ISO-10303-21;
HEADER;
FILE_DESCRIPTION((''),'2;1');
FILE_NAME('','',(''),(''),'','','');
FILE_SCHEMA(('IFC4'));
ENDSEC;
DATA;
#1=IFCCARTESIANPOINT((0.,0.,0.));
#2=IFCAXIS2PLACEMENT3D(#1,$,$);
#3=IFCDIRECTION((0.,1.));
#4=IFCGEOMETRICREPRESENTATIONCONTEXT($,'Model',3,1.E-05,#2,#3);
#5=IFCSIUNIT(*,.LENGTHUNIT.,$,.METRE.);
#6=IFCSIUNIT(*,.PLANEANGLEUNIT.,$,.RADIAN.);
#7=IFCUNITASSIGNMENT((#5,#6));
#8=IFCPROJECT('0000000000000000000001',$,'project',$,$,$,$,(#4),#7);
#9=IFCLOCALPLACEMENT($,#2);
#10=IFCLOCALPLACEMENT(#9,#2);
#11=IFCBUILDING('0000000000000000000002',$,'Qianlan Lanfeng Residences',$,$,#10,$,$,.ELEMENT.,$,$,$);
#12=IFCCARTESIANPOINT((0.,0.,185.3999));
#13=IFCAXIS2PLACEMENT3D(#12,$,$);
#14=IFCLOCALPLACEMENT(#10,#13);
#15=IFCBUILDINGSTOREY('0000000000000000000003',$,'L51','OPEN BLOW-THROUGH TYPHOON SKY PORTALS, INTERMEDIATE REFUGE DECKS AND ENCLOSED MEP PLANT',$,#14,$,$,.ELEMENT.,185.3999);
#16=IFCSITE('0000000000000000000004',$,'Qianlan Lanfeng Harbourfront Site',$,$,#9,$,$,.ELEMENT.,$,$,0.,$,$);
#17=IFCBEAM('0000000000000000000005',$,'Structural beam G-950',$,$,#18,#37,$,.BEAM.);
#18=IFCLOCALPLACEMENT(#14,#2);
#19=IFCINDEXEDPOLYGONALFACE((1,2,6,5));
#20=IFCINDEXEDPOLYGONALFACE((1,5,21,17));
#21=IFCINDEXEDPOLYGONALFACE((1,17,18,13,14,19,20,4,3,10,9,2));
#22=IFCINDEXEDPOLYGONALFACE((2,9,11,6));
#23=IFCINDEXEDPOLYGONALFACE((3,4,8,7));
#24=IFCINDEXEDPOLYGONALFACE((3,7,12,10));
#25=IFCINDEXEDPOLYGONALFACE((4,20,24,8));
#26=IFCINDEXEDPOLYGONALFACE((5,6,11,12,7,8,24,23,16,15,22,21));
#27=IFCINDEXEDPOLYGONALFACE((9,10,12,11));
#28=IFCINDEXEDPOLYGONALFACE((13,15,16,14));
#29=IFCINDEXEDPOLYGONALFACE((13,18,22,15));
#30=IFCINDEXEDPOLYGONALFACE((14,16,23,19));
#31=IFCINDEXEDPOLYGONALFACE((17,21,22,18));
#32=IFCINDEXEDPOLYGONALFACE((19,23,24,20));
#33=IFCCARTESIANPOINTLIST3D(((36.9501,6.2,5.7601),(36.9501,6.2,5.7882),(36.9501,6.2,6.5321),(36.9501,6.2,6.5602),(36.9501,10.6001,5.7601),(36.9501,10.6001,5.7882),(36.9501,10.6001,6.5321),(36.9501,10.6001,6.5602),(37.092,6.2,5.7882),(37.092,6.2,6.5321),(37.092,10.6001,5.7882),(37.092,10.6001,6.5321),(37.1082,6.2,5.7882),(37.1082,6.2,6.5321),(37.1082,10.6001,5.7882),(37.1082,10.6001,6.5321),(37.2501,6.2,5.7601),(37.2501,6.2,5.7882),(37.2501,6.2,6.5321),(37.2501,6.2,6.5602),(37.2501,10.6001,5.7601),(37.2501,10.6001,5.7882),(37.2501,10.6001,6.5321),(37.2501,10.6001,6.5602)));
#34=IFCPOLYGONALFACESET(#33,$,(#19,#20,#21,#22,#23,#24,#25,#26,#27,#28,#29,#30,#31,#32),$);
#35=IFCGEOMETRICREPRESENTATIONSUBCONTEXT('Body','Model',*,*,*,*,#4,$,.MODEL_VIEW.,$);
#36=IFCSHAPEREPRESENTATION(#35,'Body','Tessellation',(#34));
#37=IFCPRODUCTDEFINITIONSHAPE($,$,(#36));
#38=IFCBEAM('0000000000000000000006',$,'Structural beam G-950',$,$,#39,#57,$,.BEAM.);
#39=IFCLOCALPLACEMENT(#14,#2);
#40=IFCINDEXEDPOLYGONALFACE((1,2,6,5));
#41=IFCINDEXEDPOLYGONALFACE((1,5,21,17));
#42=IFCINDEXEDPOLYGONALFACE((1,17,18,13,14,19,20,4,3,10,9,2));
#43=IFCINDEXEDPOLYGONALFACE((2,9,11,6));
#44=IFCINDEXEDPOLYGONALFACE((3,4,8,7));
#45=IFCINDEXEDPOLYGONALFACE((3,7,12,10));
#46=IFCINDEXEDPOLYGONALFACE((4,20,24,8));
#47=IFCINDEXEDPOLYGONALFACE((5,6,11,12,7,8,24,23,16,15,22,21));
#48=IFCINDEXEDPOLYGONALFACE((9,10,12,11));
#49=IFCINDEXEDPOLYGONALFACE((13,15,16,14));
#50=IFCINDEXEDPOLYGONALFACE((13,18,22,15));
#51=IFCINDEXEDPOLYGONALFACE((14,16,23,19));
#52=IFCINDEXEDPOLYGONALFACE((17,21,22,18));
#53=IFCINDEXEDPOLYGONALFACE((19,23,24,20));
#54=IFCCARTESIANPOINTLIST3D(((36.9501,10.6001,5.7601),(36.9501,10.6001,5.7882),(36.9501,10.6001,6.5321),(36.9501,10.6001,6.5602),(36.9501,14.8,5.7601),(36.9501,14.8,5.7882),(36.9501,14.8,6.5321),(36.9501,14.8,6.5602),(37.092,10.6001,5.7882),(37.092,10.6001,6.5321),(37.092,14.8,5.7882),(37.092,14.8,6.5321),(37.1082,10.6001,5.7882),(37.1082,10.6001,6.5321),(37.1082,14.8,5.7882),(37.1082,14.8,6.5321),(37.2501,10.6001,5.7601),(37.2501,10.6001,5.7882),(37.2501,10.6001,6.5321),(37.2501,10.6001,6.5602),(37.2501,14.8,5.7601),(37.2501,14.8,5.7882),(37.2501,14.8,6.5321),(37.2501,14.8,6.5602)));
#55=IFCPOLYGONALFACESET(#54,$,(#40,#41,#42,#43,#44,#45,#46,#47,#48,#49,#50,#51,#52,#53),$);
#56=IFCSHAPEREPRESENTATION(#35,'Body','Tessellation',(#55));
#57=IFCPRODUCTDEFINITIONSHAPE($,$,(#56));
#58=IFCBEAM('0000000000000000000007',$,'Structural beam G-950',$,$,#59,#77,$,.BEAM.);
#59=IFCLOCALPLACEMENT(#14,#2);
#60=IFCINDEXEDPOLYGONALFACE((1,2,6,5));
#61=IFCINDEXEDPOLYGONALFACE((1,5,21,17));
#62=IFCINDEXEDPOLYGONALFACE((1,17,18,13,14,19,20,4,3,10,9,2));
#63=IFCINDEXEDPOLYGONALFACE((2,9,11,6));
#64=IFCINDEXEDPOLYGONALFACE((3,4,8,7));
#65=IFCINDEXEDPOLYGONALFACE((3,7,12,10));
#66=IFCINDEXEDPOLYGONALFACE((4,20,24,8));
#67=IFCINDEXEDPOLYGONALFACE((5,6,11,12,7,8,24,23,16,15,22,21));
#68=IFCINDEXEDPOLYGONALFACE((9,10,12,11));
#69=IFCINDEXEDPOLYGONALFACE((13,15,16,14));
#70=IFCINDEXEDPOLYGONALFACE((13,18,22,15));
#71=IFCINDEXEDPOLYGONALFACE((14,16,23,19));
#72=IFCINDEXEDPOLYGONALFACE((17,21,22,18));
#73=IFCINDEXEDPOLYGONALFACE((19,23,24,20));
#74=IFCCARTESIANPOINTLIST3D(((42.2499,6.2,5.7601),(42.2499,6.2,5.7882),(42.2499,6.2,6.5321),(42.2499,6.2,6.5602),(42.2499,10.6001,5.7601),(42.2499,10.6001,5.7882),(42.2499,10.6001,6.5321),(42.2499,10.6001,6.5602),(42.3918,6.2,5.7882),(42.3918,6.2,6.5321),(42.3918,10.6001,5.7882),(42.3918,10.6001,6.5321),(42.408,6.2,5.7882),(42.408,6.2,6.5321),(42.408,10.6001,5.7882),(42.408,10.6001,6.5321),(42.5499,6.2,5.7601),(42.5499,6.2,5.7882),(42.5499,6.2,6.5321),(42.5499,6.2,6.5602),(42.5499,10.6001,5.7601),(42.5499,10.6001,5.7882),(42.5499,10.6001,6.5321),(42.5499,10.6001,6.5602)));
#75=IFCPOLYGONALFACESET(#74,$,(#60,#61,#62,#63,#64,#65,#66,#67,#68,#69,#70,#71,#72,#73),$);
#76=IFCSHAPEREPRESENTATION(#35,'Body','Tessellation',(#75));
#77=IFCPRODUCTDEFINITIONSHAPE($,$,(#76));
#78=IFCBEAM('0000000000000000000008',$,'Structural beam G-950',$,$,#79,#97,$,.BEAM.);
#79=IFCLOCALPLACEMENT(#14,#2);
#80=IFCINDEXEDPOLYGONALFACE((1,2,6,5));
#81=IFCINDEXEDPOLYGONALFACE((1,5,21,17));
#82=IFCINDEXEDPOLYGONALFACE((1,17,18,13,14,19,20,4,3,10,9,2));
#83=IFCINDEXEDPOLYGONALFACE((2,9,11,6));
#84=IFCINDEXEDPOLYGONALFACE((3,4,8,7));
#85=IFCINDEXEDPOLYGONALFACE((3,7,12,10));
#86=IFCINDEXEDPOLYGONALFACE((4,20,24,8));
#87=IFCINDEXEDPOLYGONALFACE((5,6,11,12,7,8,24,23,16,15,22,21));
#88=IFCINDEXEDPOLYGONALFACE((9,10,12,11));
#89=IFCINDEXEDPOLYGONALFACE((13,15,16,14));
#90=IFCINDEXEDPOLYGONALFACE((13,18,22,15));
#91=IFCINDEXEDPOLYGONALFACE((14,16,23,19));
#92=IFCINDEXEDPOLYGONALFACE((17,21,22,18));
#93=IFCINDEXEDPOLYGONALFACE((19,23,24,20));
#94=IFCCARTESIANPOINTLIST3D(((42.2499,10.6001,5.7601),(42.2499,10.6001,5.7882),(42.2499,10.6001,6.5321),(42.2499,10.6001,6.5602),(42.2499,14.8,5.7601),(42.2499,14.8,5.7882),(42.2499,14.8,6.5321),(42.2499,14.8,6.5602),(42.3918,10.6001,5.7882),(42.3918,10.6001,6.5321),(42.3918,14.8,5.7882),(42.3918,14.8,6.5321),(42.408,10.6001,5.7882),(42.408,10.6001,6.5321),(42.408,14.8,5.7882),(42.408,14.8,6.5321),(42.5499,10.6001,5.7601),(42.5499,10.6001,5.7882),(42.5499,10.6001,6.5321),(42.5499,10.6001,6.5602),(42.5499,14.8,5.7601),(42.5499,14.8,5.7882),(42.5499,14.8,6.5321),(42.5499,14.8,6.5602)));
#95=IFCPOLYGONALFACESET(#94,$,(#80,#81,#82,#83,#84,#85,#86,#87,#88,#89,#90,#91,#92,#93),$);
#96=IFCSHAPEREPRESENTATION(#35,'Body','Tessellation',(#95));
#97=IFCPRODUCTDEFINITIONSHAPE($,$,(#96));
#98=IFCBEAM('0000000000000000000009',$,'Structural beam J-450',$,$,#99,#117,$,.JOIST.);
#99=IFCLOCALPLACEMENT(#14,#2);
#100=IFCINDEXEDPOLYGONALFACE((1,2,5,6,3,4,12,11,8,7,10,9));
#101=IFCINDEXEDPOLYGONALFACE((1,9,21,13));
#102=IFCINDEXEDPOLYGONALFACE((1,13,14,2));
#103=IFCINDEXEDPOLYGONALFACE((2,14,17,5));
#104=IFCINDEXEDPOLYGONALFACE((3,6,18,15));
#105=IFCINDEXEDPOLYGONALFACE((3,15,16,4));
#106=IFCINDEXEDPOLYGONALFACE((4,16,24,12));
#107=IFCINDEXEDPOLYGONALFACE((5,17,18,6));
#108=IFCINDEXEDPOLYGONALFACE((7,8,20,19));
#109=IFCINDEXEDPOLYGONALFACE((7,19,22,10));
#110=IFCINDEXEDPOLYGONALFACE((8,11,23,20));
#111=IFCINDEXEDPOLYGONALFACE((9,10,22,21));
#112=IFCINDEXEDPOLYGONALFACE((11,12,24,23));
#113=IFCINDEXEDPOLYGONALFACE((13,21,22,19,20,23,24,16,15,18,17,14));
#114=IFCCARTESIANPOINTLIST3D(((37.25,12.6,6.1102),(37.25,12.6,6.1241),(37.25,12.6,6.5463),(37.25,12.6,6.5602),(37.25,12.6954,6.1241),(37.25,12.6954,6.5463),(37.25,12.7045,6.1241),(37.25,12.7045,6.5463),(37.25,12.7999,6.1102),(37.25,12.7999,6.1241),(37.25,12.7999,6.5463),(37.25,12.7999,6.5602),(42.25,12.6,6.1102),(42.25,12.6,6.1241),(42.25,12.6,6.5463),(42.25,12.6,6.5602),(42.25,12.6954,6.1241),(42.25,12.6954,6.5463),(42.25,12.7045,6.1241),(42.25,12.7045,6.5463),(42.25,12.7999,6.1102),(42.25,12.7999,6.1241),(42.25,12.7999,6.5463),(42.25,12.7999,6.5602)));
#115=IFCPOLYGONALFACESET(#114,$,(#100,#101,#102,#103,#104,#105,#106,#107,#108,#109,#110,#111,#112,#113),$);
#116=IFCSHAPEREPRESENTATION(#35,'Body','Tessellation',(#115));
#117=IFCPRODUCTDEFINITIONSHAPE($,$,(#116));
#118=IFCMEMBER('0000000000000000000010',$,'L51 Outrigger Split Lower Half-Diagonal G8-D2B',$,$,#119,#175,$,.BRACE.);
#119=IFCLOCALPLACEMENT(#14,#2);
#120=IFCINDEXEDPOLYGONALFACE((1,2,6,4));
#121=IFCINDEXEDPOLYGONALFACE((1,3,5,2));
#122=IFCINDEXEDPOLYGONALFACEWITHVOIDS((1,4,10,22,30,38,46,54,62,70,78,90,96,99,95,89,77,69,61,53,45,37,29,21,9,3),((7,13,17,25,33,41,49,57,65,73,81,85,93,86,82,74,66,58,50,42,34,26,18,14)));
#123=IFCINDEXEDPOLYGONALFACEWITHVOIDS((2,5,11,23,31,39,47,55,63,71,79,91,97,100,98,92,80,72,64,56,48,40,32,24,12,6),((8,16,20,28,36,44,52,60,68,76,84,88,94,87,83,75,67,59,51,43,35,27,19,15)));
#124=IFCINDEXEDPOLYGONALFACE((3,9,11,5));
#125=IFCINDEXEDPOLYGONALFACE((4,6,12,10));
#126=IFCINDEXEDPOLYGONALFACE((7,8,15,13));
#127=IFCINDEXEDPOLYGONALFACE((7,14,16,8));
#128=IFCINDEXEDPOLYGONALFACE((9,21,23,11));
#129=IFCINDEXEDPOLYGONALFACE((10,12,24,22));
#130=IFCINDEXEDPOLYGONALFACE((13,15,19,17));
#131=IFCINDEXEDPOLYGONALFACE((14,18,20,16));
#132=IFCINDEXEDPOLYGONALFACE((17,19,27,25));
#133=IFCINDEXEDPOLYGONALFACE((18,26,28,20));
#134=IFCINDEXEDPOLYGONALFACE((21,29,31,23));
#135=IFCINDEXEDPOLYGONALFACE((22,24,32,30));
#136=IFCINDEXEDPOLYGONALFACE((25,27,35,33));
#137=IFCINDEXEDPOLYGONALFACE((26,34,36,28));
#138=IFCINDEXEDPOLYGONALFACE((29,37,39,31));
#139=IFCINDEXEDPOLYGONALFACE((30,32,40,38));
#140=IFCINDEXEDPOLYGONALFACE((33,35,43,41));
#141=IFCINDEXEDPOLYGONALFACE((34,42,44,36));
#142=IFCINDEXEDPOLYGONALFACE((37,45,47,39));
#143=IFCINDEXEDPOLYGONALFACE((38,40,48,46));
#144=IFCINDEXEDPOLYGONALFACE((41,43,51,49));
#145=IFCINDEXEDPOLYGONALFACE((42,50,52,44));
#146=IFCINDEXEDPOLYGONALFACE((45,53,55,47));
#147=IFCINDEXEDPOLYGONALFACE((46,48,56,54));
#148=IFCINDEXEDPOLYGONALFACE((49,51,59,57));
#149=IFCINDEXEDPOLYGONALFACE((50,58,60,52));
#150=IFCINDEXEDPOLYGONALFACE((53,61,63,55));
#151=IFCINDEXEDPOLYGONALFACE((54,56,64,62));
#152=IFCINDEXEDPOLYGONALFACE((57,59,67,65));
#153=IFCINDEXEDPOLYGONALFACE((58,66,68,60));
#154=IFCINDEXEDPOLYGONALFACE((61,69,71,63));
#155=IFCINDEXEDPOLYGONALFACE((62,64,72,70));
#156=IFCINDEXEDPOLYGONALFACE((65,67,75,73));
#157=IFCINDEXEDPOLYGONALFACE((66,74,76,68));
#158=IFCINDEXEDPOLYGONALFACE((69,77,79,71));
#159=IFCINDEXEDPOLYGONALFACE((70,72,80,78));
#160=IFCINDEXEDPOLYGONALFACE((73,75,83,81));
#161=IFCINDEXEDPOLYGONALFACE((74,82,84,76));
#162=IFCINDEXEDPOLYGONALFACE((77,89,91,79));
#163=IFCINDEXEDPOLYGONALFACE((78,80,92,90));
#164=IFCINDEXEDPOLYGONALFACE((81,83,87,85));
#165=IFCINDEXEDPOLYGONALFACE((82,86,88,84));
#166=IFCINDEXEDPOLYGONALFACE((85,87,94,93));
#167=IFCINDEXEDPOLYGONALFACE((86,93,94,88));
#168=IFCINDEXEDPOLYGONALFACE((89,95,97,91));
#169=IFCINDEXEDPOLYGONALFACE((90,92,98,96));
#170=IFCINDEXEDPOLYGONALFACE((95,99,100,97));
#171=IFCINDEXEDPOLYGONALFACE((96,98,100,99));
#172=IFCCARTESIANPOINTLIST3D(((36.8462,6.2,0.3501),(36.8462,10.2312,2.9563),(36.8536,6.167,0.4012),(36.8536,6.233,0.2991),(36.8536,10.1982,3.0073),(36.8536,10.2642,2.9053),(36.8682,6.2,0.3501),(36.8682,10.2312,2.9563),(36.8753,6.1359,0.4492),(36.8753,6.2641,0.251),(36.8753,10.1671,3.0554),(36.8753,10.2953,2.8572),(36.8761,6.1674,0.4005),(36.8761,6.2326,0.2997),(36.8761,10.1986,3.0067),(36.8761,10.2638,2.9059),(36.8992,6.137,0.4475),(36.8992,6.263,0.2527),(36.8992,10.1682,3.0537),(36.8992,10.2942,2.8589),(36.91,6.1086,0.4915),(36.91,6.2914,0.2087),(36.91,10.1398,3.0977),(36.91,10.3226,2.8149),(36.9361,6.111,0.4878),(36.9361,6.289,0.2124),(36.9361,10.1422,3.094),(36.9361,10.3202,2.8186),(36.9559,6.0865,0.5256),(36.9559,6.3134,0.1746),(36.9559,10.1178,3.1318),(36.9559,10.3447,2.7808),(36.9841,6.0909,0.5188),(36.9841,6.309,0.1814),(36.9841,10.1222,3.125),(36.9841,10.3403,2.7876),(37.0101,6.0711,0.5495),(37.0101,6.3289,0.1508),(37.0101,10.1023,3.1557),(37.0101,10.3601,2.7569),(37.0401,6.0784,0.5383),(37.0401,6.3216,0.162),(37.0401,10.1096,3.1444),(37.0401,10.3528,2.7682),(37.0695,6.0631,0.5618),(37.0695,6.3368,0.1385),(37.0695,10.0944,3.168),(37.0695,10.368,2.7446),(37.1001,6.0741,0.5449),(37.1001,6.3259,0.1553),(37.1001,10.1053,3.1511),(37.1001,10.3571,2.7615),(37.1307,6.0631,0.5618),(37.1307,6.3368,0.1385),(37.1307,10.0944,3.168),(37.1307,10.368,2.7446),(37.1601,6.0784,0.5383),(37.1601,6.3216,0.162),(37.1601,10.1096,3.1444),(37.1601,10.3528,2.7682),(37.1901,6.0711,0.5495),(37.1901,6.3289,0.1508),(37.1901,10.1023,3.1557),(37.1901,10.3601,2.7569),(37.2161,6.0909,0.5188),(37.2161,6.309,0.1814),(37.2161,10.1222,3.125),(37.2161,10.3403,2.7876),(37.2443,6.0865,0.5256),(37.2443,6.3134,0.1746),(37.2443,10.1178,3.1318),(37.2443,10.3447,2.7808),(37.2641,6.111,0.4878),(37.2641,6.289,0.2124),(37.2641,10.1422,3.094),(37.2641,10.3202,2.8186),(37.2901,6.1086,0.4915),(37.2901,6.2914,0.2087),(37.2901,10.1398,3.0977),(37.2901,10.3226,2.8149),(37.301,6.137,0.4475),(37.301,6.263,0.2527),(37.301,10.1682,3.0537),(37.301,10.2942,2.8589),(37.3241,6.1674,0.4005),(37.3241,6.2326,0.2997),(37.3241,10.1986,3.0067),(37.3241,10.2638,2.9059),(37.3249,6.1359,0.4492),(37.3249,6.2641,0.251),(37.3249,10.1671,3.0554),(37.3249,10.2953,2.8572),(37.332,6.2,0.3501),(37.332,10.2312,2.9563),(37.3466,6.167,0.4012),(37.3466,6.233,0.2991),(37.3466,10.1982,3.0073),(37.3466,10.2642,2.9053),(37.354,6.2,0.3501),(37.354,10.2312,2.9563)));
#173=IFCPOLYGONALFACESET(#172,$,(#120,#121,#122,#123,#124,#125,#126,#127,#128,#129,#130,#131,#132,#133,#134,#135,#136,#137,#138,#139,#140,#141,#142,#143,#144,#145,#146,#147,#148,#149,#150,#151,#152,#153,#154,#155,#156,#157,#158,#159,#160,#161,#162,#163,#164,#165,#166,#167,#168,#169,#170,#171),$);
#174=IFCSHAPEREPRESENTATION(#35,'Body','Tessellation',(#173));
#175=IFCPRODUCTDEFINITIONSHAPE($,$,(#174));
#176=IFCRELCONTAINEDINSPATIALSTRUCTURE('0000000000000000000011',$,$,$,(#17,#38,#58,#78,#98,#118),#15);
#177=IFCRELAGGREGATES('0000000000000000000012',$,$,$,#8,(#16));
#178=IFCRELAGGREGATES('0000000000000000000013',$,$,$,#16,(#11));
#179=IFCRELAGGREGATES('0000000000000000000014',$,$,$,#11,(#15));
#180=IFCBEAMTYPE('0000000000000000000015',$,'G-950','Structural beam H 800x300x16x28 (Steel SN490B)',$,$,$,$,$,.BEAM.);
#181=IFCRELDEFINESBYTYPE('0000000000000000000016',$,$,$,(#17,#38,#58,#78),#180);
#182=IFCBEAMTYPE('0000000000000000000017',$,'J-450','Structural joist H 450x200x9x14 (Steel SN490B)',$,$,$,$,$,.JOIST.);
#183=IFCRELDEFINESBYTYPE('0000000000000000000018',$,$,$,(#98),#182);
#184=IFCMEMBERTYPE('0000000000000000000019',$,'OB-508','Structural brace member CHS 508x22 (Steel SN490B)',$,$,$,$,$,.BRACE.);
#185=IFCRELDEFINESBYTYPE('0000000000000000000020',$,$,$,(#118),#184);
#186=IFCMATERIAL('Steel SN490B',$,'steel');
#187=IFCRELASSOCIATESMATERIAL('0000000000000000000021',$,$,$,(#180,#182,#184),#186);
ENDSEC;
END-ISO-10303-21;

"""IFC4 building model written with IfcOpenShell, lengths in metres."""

from ifc_helpers import new_model, si_unit, direction, frame, origin, origin_2d, place, context, subcontext, project, spatial, hollow_circle, i_section, extrude, material, material_profile, profile_set, type_object, element, save


model = new_model("IFC4")

# Units and contexts
model_context = context("Model", 3, precision=1e-05, world=origin(), true_north=direction((0.0, 1.0)))
body_context = subcontext(model_context, "Body", "Model", "MODEL_VIEW")
ifc_project = project(units=[si_unit("LENGTHUNIT", "METRE"), si_unit("PLANEANGLEUNIT", "RADIAN")], contexts=[model_context])

# Site, building, storey
site_placement = place(None, origin())
site = spatial("IfcSite", under=ifc_project, at=site_placement, Name="Qianlan Lanfeng Harbourfront Site", CompositionType="ELEMENT", RefElevation=0.0)
building_placement = place(site_placement, origin())
building = spatial("IfcBuilding", under=site, at=building_placement, Name="Qianlan Lanfeng Residences", CompositionType="ELEMENT")
storey_placement = place(building_placement, frame((0.0, 0.0, 185.3999)))
storey = spatial("IfcBuildingStorey", under=building, at=storey_placement, Name="L51", Description="OPEN BLOW-THROUGH TYPHOON SKY PORTALS, INTERMEDIATE REFUGE DECKS AND ENCLOSED MEP PLANT", CompositionType="ELEMENT", Elevation=185.3999)

# Shared definitions
ifc_material_1 = material(Name="Steel SN490B", Category="steel")

# Beams
ifc_material_profile_1 = material_profile(ifc_material_1, i_section(OverallWidth=0.3, OverallDepth=0.8, WebThickness=0.0161, FlangeThickness=0.0281, at=origin_2d()), Name="H 800x300x16x28")
ifc_profile_set_1 = profile_set([ifc_material_profile_1], Name="Steel SN490B")
beam_type_1 = type_object("IfcBeamType", Name="G-950", Description="Structural beam H 800x300x16x28 (Steel SN490B)", PredefinedType="BEAM", material=ifc_profile_set_1)
beam_1_placement = place(storey_placement, frame((37.1001, 6.2, 6.1602), z_axis=(0.0, 1.0, 0.0), x_axis=(-1.0, 0.0, 0.0)))
element("IfcBeam", 1, at=beam_1_placement, inside=storey, type_object=beam_type_1, Name="Structural beam G-950", PredefinedType="BEAM", context=body_context, shape_type="SweptSolid", body=[
    extrude(i_section(OverallWidth=0.3, OverallDepth=0.8, WebThickness=0.0161, FlangeThickness=0.0281, at=origin_2d()), origin(), (0.0, 0.0, 1.0), 4.4001),
])
beam_2_placement = place(storey_placement, frame((37.1001, 10.6001, 6.1602), z_axis=(0.0, 1.0, 0.0), x_axis=(-1.0, 0.0, 0.0)))
element("IfcBeam", 2, at=beam_2_placement, inside=storey, type_object=beam_type_1, Name="Structural beam G-950", PredefinedType="BEAM", context=body_context, shape_type="SweptSolid", body=[
    extrude(i_section(OverallWidth=0.3, OverallDepth=0.8, WebThickness=0.0161, FlangeThickness=0.0281, at=origin_2d()), origin(), (0.0, 0.0, 1.0), 4.2),
])
beam_3_placement = place(storey_placement, frame((42.3999, 6.2, 6.1602), z_axis=(0.0, 1.0, 0.0), x_axis=(-1.0, 0.0, 0.0)))
element("IfcBeam", 3, at=beam_3_placement, inside=storey, type_object=beam_type_1, Name="Structural beam G-950", PredefinedType="BEAM", context=body_context, shape_type="SweptSolid", body=[
    extrude(i_section(OverallWidth=0.3, OverallDepth=0.8, WebThickness=0.0161, FlangeThickness=0.0281, at=origin_2d()), origin(), (0.0, 0.0, 1.0), 4.4001),
])
beam_4_placement = place(storey_placement, frame((42.3999, 10.6001, 6.1602), z_axis=(0.0, 1.0, 0.0), x_axis=(-1.0, 0.0, 0.0)))
element("IfcBeam", 4, at=beam_4_placement, inside=storey, type_object=beam_type_1, Name="Structural beam G-950", PredefinedType="BEAM", context=body_context, shape_type="SweptSolid", body=[
    extrude(i_section(OverallWidth=0.3, OverallDepth=0.8, WebThickness=0.0161, FlangeThickness=0.0281, at=origin_2d()), origin(), (0.0, 0.0, 1.0), 4.2),
])
ifc_material_profile_2 = material_profile(ifc_material_1, i_section(OverallWidth=0.2, OverallDepth=0.45, WebThickness=0.009, FlangeThickness=0.0139, at=origin_2d()), Name="H 450x200x9x14")
ifc_profile_set_2 = profile_set([ifc_material_profile_2], Name="Steel SN490B")
beam_type_2 = type_object("IfcBeamType", Name="J-450", Description="Structural joist H 450x200x9x14 (Steel SN490B)", PredefinedType="JOIST", material=ifc_profile_set_2)
beam_5_placement = place(storey_placement, frame((37.25, 12.7, 6.3352), z_axis=(1.0, 0.0, 0.0), x_axis=(0.0, 1.0, 0.0)))
element("IfcBeam", 5, at=beam_5_placement, inside=storey, type_object=beam_type_2, Name="Structural beam J-450", PredefinedType="JOIST", context=body_context, shape_type="SweptSolid", body=[
    extrude(i_section(OverallWidth=0.2, OverallDepth=0.45, WebThickness=0.009, FlangeThickness=0.0139, at=origin_2d()), origin(), (0.0, 0.0, 1.0), 5.0),
])

# Member
ifc_material_profile_3 = material_profile(ifc_material_1, hollow_circle(Radius=0.2539, WallThickness=0.022, at=origin_2d()), Name="CHS 508x22")
ifc_profile_set_3 = profile_set([ifc_material_profile_3], Name="Steel SN490B")
member_type_1 = type_object("IfcMemberType", Name="OB-508", Description="Structural brace member CHS 508x22 (Steel SN490B)", PredefinedType="BRACE", material=ifc_profile_set_3)
member_1_placement = place(storey_placement, frame((37.1001, 10.2312, 2.9563), z_axis=(0.0, -0.839784, -0.54292), x_axis=(1.0, 0.0, 0.0)))
element("IfcMember", 6, at=member_1_placement, inside=storey, type_object=member_type_1, Name="L51 Outrigger Split Lower Half-Diagonal G8-D2B", PredefinedType="BRACE", context=body_context, shape_type="SweptSolid", body=[
    extrude(hollow_circle(Radius=0.2539, WallThickness=0.022, at=origin_2d()), origin(), (0.0, 0.0, 1.0), 4.8003),
])

save(model, "model.ifc")
